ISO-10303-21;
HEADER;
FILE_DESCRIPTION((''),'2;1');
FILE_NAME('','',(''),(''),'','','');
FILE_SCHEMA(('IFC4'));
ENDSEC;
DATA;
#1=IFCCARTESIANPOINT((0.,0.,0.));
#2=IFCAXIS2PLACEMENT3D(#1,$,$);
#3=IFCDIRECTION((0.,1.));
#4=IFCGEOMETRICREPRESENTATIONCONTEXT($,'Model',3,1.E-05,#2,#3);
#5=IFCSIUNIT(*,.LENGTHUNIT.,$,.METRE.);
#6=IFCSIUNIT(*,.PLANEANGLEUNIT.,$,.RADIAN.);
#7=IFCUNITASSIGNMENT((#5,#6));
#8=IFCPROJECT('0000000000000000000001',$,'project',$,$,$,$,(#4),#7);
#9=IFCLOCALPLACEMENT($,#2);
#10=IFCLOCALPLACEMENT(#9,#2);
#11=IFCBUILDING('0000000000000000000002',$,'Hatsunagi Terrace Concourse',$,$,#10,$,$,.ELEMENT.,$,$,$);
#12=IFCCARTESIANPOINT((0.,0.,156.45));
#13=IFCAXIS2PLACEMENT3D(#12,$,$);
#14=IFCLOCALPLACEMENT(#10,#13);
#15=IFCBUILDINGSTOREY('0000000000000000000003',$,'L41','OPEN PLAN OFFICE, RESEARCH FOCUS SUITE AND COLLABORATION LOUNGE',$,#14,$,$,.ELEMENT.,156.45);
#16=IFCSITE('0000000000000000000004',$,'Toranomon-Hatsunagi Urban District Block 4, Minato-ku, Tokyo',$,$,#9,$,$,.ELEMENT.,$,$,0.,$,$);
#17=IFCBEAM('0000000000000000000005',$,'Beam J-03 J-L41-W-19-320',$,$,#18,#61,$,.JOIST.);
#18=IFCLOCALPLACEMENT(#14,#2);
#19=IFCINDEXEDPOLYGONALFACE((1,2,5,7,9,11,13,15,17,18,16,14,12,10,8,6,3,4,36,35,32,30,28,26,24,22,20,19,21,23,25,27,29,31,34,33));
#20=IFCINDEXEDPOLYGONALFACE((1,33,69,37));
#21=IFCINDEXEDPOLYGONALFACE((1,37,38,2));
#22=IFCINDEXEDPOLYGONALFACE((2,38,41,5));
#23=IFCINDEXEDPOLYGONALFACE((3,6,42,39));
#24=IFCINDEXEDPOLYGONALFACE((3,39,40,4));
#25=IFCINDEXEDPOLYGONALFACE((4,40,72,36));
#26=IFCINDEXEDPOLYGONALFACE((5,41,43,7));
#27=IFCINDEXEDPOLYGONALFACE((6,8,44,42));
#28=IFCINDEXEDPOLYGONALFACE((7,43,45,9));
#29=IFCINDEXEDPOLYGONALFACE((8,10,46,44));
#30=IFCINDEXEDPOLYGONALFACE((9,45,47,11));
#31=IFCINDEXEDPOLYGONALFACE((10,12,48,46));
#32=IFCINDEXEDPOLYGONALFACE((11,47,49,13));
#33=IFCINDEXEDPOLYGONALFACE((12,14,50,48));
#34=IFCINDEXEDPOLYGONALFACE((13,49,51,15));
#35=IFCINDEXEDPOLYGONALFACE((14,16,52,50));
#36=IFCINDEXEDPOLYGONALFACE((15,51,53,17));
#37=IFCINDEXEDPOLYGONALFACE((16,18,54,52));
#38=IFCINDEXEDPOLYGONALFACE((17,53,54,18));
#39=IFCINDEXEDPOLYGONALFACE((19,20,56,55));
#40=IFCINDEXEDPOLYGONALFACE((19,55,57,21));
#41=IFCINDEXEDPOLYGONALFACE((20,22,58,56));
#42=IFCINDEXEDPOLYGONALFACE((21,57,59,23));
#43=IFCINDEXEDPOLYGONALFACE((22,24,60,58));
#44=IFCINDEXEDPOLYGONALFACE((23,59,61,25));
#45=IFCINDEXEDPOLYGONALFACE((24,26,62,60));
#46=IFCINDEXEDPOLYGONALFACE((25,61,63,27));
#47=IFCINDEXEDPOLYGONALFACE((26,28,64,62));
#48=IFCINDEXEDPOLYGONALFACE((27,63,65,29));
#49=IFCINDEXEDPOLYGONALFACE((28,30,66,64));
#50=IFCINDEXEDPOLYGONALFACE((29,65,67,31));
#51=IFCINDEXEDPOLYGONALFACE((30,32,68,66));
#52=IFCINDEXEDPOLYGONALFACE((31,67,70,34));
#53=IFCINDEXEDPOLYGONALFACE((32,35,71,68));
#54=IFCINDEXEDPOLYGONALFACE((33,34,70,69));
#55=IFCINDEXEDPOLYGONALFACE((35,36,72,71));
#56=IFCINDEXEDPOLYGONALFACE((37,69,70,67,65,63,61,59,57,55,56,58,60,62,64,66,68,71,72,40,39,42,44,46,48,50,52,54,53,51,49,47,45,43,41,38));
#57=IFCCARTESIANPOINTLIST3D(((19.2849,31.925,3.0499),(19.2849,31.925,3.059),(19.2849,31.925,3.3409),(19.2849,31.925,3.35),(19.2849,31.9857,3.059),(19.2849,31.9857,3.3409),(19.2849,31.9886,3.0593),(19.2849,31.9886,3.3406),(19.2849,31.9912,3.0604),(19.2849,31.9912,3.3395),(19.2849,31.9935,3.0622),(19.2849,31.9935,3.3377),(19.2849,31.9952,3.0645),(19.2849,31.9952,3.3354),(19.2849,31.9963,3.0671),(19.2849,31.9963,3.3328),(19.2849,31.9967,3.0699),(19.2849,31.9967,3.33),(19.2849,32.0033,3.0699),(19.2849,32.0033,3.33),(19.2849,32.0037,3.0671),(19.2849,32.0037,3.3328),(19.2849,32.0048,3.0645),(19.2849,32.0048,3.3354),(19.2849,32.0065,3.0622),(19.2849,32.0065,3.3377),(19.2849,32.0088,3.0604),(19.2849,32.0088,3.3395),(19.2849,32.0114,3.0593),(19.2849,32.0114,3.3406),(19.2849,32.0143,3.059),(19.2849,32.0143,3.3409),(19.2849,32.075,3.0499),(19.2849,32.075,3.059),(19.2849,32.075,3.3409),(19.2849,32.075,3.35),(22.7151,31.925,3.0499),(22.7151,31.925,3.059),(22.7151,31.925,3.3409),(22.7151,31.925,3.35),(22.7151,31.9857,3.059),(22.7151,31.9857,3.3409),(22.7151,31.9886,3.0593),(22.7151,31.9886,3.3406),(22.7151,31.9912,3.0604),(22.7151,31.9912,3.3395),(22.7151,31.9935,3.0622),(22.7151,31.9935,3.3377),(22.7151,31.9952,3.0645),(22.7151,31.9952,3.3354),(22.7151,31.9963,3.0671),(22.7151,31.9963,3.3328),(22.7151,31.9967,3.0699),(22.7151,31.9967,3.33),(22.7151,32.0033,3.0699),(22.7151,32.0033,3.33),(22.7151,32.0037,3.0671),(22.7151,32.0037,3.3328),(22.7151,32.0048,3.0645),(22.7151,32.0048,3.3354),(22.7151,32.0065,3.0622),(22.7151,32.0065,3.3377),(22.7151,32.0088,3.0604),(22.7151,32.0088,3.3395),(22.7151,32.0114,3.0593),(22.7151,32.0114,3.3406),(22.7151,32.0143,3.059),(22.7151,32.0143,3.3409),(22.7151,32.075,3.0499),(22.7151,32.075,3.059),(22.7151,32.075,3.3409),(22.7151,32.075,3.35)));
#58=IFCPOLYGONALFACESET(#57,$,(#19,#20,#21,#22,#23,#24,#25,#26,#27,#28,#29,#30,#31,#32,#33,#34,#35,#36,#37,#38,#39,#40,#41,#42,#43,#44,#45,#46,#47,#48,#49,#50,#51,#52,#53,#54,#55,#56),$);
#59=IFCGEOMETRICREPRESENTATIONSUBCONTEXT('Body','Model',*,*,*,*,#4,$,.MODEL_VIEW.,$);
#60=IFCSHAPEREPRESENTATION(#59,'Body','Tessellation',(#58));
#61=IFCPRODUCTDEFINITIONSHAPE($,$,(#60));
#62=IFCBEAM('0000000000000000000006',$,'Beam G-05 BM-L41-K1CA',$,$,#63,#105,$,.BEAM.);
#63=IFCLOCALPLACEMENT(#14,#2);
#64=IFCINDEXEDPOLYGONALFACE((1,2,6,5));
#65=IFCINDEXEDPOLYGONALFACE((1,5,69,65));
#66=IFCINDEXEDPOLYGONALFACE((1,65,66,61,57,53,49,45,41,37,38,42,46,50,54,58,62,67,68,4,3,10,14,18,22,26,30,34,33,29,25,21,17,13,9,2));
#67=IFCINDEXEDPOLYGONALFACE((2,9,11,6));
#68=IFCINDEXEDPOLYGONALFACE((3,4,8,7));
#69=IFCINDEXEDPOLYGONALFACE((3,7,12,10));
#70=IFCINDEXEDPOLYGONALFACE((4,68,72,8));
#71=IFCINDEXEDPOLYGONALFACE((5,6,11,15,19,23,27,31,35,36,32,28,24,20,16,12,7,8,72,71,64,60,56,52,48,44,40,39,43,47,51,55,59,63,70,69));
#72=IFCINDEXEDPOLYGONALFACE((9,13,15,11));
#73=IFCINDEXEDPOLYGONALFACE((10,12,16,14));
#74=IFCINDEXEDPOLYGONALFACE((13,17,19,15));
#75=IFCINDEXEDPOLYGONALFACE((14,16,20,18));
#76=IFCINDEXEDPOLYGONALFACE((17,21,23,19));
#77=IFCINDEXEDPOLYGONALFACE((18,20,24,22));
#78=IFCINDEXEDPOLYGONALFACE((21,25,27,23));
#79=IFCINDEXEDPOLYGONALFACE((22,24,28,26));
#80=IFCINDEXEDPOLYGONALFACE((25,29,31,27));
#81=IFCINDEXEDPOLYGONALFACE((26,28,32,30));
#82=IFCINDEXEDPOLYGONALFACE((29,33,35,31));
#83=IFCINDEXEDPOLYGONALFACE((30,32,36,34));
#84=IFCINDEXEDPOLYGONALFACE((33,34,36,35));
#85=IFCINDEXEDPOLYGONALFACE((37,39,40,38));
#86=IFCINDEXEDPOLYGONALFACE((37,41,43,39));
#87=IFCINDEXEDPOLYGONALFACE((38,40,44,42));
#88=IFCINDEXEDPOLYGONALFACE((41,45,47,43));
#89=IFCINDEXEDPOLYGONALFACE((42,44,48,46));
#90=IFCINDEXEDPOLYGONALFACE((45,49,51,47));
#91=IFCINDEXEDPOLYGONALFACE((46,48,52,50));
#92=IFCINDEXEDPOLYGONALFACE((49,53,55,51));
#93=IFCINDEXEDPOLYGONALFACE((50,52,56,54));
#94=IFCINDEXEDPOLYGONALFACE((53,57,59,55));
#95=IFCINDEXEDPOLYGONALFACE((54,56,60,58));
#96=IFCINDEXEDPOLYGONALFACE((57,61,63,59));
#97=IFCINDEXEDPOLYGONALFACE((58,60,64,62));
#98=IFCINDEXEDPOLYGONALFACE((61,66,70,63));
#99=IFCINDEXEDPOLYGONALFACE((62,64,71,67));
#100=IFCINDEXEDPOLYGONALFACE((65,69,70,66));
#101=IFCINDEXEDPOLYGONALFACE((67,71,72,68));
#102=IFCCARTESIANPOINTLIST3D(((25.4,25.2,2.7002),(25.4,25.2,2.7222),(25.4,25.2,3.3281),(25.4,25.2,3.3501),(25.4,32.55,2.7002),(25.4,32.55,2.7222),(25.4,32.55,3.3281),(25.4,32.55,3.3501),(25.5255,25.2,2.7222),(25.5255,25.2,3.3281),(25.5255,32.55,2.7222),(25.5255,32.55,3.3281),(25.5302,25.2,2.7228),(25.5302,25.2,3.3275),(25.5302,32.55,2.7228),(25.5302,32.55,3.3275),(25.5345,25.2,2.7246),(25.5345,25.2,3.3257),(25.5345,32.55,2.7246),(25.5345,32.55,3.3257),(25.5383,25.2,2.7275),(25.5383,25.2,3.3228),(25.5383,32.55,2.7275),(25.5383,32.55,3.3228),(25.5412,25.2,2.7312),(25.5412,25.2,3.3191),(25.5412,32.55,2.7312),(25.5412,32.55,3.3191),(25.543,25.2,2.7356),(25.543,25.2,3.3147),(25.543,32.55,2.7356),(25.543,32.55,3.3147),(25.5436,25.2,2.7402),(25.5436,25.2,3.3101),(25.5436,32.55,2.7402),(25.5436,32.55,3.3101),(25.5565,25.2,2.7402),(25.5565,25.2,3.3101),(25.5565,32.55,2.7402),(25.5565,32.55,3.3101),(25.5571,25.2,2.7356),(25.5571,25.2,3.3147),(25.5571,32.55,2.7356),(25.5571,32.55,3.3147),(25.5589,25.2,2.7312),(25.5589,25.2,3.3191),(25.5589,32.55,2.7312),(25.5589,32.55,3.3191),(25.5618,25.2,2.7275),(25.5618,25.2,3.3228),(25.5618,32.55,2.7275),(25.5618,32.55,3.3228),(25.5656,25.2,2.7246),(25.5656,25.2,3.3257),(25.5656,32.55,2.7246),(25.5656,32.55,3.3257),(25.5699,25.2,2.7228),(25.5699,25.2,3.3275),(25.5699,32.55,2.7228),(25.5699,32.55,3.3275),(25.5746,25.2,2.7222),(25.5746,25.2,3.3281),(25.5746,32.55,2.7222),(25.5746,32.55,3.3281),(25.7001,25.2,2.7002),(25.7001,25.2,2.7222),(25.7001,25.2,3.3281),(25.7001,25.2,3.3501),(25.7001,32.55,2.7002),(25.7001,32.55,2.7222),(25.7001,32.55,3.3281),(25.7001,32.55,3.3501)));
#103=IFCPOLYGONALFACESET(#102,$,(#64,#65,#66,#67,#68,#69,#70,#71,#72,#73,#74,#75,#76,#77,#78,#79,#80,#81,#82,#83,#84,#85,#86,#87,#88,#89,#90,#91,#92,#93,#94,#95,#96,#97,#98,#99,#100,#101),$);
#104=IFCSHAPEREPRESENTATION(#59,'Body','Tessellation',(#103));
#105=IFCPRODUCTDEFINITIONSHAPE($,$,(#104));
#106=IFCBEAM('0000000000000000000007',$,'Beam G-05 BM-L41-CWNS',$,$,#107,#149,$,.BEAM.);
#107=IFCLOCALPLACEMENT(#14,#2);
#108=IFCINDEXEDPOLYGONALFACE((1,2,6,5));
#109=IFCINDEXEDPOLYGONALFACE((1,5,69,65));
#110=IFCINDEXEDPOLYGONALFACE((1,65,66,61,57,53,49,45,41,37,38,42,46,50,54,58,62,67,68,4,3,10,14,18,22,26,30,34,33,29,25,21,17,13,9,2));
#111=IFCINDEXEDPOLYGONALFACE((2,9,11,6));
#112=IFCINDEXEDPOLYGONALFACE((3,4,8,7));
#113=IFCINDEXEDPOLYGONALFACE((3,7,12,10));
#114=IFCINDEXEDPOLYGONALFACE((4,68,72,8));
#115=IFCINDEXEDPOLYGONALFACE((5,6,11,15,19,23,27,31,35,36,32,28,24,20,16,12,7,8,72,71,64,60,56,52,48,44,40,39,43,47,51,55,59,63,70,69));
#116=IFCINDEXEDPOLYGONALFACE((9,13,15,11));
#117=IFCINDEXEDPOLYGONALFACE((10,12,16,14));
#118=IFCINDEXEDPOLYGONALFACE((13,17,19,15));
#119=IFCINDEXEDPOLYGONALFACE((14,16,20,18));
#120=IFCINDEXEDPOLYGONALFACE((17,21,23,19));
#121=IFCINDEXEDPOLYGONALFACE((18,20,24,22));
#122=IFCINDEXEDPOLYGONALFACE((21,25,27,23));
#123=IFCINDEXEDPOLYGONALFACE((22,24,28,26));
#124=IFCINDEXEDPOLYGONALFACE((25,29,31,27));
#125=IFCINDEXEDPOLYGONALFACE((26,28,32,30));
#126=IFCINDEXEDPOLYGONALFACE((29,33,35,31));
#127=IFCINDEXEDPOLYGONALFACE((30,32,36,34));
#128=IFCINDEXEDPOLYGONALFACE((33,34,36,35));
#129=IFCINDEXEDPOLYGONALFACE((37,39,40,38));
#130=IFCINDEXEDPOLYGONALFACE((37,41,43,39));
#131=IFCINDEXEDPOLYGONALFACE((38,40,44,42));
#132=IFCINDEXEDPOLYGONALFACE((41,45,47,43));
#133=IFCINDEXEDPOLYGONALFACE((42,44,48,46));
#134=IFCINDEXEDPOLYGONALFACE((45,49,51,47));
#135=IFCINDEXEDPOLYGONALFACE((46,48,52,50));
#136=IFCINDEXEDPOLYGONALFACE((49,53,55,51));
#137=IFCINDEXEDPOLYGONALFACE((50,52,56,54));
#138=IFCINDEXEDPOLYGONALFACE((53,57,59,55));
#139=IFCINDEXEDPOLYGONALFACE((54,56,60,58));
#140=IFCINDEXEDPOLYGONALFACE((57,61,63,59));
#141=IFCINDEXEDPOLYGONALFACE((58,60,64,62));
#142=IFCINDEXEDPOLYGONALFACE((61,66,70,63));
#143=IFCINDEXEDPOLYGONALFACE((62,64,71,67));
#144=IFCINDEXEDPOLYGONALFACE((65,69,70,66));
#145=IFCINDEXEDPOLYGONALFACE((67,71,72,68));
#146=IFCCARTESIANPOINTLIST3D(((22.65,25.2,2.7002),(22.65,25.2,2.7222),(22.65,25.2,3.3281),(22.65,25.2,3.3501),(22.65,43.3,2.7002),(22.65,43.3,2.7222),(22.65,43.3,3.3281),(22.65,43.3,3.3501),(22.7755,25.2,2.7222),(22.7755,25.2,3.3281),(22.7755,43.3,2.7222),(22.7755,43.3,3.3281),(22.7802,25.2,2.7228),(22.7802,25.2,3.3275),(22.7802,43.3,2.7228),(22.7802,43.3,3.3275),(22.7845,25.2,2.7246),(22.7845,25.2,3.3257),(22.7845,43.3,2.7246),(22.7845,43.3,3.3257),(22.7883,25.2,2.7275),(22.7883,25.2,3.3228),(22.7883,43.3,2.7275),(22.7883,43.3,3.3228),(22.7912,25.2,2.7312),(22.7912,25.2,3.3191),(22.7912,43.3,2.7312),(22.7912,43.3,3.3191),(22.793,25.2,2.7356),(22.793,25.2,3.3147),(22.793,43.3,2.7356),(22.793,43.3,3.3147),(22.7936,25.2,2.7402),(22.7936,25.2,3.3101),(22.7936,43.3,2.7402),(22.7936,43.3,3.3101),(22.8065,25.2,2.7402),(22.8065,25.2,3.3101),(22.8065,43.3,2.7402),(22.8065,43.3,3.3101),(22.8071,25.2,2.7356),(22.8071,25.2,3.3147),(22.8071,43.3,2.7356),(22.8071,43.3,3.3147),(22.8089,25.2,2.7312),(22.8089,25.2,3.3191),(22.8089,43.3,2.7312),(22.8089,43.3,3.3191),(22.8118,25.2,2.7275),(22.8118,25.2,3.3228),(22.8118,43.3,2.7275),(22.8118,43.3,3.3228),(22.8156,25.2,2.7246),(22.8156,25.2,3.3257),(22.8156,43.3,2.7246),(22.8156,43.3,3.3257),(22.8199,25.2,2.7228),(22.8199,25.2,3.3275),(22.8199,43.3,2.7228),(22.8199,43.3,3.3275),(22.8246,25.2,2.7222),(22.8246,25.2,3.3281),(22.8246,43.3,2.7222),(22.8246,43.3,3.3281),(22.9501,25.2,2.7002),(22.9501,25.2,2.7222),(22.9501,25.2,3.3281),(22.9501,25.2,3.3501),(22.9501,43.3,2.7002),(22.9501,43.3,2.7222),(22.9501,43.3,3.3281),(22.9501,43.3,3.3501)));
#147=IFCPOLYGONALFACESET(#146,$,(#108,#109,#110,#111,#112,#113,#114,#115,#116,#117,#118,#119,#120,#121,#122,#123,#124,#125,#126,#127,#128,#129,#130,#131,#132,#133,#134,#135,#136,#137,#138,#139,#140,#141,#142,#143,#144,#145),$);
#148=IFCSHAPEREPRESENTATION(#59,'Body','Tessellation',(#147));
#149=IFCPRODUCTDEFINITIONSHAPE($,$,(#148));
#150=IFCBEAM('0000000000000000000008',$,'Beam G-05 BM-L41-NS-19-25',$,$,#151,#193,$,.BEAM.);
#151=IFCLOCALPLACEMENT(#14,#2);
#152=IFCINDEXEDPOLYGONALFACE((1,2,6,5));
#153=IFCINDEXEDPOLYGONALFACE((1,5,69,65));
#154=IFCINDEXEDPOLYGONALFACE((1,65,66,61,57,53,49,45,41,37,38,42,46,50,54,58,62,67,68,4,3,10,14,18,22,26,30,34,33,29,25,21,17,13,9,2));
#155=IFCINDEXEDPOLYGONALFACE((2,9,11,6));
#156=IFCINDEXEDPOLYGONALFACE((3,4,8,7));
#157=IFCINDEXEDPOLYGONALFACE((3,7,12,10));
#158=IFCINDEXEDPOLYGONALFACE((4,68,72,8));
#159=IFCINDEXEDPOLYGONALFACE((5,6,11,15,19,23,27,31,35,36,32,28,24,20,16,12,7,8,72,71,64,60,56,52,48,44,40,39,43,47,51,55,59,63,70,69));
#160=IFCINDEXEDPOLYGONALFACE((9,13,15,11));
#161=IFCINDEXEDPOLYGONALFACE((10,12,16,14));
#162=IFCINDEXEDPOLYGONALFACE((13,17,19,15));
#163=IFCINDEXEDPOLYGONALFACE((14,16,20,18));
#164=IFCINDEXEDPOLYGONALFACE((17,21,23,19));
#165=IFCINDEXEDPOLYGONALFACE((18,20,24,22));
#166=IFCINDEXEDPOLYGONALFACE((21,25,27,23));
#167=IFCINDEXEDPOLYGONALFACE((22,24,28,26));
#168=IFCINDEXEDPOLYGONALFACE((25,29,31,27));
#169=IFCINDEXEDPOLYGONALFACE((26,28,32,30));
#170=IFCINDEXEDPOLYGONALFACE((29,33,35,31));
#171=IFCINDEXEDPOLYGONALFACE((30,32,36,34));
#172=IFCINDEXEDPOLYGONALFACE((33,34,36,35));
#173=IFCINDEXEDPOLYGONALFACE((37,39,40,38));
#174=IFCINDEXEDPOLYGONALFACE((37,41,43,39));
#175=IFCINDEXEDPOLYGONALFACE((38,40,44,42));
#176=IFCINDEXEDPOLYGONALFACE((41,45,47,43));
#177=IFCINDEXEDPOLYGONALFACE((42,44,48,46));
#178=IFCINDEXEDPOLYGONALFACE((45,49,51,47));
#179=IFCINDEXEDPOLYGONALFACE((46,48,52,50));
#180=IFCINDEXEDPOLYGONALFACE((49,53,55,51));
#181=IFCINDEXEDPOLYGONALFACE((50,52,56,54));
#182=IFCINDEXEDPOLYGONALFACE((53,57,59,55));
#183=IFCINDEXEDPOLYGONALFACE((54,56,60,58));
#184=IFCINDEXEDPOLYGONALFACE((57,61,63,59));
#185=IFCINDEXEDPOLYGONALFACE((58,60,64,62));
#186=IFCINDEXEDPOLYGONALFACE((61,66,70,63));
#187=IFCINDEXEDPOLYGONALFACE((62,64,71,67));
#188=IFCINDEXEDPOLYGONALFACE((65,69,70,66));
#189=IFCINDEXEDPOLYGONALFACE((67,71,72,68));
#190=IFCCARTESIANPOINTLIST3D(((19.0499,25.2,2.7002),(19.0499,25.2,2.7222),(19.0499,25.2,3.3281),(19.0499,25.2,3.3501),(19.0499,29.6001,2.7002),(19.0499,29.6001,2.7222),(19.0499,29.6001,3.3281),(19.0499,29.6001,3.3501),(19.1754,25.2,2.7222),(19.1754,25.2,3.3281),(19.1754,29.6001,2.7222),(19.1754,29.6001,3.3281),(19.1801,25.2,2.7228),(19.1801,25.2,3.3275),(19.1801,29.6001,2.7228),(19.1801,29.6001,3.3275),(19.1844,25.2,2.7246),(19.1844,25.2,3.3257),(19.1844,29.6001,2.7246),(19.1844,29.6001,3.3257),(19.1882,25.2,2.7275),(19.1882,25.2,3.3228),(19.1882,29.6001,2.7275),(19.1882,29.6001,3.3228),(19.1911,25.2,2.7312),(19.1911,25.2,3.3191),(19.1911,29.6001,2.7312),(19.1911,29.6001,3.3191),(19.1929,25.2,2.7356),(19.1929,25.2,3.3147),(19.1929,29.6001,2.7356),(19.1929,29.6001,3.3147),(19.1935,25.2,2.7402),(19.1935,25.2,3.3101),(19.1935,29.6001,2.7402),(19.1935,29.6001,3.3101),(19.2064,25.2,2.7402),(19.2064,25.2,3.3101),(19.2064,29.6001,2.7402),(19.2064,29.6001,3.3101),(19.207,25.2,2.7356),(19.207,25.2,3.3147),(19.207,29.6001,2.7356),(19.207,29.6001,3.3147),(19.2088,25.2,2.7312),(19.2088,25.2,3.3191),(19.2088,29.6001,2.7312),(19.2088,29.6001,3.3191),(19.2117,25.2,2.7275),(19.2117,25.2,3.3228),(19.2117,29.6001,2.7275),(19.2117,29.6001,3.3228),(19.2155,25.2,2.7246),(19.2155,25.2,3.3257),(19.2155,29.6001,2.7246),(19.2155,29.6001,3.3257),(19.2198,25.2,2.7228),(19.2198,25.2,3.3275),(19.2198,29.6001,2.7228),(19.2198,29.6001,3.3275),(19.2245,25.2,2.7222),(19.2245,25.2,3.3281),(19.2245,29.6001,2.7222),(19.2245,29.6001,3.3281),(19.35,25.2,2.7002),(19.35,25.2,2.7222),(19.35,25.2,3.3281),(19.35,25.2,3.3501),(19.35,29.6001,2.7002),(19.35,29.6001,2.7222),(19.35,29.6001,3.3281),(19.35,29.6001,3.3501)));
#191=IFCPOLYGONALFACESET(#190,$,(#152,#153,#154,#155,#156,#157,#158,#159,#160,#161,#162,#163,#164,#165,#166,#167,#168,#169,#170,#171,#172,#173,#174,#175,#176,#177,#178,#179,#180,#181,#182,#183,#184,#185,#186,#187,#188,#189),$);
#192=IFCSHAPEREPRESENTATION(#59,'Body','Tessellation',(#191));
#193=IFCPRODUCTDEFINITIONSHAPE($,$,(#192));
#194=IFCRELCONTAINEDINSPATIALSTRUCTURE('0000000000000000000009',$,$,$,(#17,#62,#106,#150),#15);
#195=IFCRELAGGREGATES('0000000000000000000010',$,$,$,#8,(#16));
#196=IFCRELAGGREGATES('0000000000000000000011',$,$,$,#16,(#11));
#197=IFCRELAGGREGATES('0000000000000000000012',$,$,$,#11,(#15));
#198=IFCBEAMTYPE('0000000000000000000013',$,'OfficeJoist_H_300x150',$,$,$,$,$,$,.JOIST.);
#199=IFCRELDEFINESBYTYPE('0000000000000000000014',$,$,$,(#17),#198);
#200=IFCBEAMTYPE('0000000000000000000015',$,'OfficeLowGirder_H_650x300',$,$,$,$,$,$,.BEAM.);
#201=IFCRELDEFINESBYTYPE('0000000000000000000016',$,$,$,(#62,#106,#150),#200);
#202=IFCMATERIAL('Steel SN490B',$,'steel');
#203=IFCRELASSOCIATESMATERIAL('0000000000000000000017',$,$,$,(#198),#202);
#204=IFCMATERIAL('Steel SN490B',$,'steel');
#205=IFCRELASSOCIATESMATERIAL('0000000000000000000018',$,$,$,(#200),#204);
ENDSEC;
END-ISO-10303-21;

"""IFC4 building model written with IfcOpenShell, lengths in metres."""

from ifc_helpers import new_model, si_unit, direction, frame, origin, origin_2d, place, context, subcontext, project, spatial, i_section, extrude, material, material_profile, profile_set, type_object, element, save


model = new_model("IFC4")

# Units and contexts
model_context = context("Model", 3, precision=1e-05, world=origin(), true_north=direction((0.0, 1.0)))
body_context = subcontext(model_context, "Body", "Model", "MODEL_VIEW")
ifc_project = project(units=[si_unit("LENGTHUNIT", "METRE"), si_unit("PLANEANGLEUNIT", "RADIAN")], contexts=[model_context])

# Site, building, storey
site_placement = place(None, origin())
site = spatial("IfcSite", under=ifc_project, at=site_placement, Name="Toranomon-Hatsunagi Urban District Block 4, Minato-ku, Tokyo", CompositionType="ELEMENT", RefElevation=0.0)
building_placement = place(site_placement, origin())
building = spatial("IfcBuilding", under=site, at=building_placement, Name="Hatsunagi Terrace Concourse", CompositionType="ELEMENT")
storey_placement = place(building_placement, frame((0.0, 0.0, 156.45)))
storey = spatial("IfcBuildingStorey", under=building, at=storey_placement, Name="L41", Description="OPEN PLAN OFFICE, RESEARCH FOCUS SUITE AND COLLABORATION LOUNGE", CompositionType="ELEMENT", Elevation=156.45)

# Beams
ifc_material_1 = material(Name="Steel SN490B", Category="steel")
ifc_material_profile_1 = material_profile(ifc_material_1, i_section(OverallWidth=0.1499, OverallDepth=0.3, WebThickness=0.0066, FlangeThickness=0.009, FilletRadius=0.011, at=origin_2d()), Name="H-300x150x6.5x9")
ifc_profile_set_1 = profile_set([ifc_material_profile_1], Name="Steel SN490B")
beam_type_1 = type_object("IfcBeamType", Name="OfficeJoist_H_300x150", PredefinedType="JOIST", material=ifc_profile_set_1)
for number, where, z_axis, x_axis, name in (
    (1, (19.2849, 32.0, 3.2), (1.0, 0.0, 0.0), (0.0, 1.0, 0.0), "Beam J-03 J-L41-W-19-320"),
):
    element("IfcBeam", number, at=place(storey_placement, frame(where, z_axis=z_axis, x_axis=x_axis)), inside=storey, type_object=beam_type_1, Name=name, PredefinedType="JOIST", context=body_context, shape_type="SweptSolid", body=[
        extrude(i_section(OverallWidth=0.1499, OverallDepth=0.3, WebThickness=0.0066, FlangeThickness=0.009, FilletRadius=0.011, at=origin_2d()), origin(), (0.0, 0.0, 1.0), 3.4302),
    ])
ifc_material_2 = material(Name="Steel SN490B", Category="steel")
ifc_material_profile_2 = material_profile(ifc_material_2, i_section(OverallWidth=0.3, OverallDepth=0.6499, WebThickness=0.0129, FlangeThickness=0.022, FilletRadius=0.0181, at=origin_2d()), Name="H-650x300x13x22")
ifc_profile_set_2 = profile_set([ifc_material_profile_2], Name="Steel SN490B")
beam_type_2 = type_object("IfcBeamType", Name="OfficeLowGirder_H_650x300", PredefinedType="BEAM", material=ifc_profile_set_2)
beam_1_placement = place(storey_placement, frame((25.55, 25.2, 3.0251), z_axis=(0.0, 1.0, 0.0), x_axis=(-1.0, 0.0, 0.0)))
element("IfcBeam", 2, at=beam_1_placement, inside=storey, type_object=beam_type_2, Name="Beam G-05 BM-L41-K1CA", PredefinedType="BEAM", context=body_context, shape_type="SweptSolid", body=[
    extrude(i_section(OverallWidth=0.3, OverallDepth=0.6499, WebThickness=0.0129, FlangeThickness=0.022, FilletRadius=0.0181, at=origin_2d()), origin(), (0.0, 0.0, 1.0), 7.3501),
])
beam_2_placement = place(storey_placement, frame((22.8, 25.2, 3.0251), z_axis=(0.0, 1.0, 0.0), x_axis=(-1.0, 0.0, 0.0)))
element("IfcBeam", 3, at=beam_2_placement, inside=storey, type_object=beam_type_2, Name="Beam G-05 BM-L41-CWNS", PredefinedType="BEAM", context=body_context, shape_type="SweptSolid", body=[
    extrude(i_section(OverallWidth=0.3, OverallDepth=0.6499, WebThickness=0.0129, FlangeThickness=0.022, FilletRadius=0.0181, at=origin_2d()), origin(), (0.0, 0.0, 1.0), 18.1001),
])
beam_3_placement = place(storey_placement, frame((19.2, 25.2, 3.0251), z_axis=(0.0, 1.0, 0.0), x_axis=(-1.0, 0.0, 0.0)))
element("IfcBeam", 4, at=beam_3_placement, inside=storey, type_object=beam_type_2, Name="Beam G-05 BM-L41-NS-19-25", PredefinedType="BEAM", context=body_context, shape_type="SweptSolid", body=[
    extrude(i_section(OverallWidth=0.3, OverallDepth=0.6499, WebThickness=0.0129, FlangeThickness=0.022, FilletRadius=0.0181, at=origin_2d()), origin(), (0.0, 0.0, 1.0), 4.4001),
])

save(model, "model.ifc")
